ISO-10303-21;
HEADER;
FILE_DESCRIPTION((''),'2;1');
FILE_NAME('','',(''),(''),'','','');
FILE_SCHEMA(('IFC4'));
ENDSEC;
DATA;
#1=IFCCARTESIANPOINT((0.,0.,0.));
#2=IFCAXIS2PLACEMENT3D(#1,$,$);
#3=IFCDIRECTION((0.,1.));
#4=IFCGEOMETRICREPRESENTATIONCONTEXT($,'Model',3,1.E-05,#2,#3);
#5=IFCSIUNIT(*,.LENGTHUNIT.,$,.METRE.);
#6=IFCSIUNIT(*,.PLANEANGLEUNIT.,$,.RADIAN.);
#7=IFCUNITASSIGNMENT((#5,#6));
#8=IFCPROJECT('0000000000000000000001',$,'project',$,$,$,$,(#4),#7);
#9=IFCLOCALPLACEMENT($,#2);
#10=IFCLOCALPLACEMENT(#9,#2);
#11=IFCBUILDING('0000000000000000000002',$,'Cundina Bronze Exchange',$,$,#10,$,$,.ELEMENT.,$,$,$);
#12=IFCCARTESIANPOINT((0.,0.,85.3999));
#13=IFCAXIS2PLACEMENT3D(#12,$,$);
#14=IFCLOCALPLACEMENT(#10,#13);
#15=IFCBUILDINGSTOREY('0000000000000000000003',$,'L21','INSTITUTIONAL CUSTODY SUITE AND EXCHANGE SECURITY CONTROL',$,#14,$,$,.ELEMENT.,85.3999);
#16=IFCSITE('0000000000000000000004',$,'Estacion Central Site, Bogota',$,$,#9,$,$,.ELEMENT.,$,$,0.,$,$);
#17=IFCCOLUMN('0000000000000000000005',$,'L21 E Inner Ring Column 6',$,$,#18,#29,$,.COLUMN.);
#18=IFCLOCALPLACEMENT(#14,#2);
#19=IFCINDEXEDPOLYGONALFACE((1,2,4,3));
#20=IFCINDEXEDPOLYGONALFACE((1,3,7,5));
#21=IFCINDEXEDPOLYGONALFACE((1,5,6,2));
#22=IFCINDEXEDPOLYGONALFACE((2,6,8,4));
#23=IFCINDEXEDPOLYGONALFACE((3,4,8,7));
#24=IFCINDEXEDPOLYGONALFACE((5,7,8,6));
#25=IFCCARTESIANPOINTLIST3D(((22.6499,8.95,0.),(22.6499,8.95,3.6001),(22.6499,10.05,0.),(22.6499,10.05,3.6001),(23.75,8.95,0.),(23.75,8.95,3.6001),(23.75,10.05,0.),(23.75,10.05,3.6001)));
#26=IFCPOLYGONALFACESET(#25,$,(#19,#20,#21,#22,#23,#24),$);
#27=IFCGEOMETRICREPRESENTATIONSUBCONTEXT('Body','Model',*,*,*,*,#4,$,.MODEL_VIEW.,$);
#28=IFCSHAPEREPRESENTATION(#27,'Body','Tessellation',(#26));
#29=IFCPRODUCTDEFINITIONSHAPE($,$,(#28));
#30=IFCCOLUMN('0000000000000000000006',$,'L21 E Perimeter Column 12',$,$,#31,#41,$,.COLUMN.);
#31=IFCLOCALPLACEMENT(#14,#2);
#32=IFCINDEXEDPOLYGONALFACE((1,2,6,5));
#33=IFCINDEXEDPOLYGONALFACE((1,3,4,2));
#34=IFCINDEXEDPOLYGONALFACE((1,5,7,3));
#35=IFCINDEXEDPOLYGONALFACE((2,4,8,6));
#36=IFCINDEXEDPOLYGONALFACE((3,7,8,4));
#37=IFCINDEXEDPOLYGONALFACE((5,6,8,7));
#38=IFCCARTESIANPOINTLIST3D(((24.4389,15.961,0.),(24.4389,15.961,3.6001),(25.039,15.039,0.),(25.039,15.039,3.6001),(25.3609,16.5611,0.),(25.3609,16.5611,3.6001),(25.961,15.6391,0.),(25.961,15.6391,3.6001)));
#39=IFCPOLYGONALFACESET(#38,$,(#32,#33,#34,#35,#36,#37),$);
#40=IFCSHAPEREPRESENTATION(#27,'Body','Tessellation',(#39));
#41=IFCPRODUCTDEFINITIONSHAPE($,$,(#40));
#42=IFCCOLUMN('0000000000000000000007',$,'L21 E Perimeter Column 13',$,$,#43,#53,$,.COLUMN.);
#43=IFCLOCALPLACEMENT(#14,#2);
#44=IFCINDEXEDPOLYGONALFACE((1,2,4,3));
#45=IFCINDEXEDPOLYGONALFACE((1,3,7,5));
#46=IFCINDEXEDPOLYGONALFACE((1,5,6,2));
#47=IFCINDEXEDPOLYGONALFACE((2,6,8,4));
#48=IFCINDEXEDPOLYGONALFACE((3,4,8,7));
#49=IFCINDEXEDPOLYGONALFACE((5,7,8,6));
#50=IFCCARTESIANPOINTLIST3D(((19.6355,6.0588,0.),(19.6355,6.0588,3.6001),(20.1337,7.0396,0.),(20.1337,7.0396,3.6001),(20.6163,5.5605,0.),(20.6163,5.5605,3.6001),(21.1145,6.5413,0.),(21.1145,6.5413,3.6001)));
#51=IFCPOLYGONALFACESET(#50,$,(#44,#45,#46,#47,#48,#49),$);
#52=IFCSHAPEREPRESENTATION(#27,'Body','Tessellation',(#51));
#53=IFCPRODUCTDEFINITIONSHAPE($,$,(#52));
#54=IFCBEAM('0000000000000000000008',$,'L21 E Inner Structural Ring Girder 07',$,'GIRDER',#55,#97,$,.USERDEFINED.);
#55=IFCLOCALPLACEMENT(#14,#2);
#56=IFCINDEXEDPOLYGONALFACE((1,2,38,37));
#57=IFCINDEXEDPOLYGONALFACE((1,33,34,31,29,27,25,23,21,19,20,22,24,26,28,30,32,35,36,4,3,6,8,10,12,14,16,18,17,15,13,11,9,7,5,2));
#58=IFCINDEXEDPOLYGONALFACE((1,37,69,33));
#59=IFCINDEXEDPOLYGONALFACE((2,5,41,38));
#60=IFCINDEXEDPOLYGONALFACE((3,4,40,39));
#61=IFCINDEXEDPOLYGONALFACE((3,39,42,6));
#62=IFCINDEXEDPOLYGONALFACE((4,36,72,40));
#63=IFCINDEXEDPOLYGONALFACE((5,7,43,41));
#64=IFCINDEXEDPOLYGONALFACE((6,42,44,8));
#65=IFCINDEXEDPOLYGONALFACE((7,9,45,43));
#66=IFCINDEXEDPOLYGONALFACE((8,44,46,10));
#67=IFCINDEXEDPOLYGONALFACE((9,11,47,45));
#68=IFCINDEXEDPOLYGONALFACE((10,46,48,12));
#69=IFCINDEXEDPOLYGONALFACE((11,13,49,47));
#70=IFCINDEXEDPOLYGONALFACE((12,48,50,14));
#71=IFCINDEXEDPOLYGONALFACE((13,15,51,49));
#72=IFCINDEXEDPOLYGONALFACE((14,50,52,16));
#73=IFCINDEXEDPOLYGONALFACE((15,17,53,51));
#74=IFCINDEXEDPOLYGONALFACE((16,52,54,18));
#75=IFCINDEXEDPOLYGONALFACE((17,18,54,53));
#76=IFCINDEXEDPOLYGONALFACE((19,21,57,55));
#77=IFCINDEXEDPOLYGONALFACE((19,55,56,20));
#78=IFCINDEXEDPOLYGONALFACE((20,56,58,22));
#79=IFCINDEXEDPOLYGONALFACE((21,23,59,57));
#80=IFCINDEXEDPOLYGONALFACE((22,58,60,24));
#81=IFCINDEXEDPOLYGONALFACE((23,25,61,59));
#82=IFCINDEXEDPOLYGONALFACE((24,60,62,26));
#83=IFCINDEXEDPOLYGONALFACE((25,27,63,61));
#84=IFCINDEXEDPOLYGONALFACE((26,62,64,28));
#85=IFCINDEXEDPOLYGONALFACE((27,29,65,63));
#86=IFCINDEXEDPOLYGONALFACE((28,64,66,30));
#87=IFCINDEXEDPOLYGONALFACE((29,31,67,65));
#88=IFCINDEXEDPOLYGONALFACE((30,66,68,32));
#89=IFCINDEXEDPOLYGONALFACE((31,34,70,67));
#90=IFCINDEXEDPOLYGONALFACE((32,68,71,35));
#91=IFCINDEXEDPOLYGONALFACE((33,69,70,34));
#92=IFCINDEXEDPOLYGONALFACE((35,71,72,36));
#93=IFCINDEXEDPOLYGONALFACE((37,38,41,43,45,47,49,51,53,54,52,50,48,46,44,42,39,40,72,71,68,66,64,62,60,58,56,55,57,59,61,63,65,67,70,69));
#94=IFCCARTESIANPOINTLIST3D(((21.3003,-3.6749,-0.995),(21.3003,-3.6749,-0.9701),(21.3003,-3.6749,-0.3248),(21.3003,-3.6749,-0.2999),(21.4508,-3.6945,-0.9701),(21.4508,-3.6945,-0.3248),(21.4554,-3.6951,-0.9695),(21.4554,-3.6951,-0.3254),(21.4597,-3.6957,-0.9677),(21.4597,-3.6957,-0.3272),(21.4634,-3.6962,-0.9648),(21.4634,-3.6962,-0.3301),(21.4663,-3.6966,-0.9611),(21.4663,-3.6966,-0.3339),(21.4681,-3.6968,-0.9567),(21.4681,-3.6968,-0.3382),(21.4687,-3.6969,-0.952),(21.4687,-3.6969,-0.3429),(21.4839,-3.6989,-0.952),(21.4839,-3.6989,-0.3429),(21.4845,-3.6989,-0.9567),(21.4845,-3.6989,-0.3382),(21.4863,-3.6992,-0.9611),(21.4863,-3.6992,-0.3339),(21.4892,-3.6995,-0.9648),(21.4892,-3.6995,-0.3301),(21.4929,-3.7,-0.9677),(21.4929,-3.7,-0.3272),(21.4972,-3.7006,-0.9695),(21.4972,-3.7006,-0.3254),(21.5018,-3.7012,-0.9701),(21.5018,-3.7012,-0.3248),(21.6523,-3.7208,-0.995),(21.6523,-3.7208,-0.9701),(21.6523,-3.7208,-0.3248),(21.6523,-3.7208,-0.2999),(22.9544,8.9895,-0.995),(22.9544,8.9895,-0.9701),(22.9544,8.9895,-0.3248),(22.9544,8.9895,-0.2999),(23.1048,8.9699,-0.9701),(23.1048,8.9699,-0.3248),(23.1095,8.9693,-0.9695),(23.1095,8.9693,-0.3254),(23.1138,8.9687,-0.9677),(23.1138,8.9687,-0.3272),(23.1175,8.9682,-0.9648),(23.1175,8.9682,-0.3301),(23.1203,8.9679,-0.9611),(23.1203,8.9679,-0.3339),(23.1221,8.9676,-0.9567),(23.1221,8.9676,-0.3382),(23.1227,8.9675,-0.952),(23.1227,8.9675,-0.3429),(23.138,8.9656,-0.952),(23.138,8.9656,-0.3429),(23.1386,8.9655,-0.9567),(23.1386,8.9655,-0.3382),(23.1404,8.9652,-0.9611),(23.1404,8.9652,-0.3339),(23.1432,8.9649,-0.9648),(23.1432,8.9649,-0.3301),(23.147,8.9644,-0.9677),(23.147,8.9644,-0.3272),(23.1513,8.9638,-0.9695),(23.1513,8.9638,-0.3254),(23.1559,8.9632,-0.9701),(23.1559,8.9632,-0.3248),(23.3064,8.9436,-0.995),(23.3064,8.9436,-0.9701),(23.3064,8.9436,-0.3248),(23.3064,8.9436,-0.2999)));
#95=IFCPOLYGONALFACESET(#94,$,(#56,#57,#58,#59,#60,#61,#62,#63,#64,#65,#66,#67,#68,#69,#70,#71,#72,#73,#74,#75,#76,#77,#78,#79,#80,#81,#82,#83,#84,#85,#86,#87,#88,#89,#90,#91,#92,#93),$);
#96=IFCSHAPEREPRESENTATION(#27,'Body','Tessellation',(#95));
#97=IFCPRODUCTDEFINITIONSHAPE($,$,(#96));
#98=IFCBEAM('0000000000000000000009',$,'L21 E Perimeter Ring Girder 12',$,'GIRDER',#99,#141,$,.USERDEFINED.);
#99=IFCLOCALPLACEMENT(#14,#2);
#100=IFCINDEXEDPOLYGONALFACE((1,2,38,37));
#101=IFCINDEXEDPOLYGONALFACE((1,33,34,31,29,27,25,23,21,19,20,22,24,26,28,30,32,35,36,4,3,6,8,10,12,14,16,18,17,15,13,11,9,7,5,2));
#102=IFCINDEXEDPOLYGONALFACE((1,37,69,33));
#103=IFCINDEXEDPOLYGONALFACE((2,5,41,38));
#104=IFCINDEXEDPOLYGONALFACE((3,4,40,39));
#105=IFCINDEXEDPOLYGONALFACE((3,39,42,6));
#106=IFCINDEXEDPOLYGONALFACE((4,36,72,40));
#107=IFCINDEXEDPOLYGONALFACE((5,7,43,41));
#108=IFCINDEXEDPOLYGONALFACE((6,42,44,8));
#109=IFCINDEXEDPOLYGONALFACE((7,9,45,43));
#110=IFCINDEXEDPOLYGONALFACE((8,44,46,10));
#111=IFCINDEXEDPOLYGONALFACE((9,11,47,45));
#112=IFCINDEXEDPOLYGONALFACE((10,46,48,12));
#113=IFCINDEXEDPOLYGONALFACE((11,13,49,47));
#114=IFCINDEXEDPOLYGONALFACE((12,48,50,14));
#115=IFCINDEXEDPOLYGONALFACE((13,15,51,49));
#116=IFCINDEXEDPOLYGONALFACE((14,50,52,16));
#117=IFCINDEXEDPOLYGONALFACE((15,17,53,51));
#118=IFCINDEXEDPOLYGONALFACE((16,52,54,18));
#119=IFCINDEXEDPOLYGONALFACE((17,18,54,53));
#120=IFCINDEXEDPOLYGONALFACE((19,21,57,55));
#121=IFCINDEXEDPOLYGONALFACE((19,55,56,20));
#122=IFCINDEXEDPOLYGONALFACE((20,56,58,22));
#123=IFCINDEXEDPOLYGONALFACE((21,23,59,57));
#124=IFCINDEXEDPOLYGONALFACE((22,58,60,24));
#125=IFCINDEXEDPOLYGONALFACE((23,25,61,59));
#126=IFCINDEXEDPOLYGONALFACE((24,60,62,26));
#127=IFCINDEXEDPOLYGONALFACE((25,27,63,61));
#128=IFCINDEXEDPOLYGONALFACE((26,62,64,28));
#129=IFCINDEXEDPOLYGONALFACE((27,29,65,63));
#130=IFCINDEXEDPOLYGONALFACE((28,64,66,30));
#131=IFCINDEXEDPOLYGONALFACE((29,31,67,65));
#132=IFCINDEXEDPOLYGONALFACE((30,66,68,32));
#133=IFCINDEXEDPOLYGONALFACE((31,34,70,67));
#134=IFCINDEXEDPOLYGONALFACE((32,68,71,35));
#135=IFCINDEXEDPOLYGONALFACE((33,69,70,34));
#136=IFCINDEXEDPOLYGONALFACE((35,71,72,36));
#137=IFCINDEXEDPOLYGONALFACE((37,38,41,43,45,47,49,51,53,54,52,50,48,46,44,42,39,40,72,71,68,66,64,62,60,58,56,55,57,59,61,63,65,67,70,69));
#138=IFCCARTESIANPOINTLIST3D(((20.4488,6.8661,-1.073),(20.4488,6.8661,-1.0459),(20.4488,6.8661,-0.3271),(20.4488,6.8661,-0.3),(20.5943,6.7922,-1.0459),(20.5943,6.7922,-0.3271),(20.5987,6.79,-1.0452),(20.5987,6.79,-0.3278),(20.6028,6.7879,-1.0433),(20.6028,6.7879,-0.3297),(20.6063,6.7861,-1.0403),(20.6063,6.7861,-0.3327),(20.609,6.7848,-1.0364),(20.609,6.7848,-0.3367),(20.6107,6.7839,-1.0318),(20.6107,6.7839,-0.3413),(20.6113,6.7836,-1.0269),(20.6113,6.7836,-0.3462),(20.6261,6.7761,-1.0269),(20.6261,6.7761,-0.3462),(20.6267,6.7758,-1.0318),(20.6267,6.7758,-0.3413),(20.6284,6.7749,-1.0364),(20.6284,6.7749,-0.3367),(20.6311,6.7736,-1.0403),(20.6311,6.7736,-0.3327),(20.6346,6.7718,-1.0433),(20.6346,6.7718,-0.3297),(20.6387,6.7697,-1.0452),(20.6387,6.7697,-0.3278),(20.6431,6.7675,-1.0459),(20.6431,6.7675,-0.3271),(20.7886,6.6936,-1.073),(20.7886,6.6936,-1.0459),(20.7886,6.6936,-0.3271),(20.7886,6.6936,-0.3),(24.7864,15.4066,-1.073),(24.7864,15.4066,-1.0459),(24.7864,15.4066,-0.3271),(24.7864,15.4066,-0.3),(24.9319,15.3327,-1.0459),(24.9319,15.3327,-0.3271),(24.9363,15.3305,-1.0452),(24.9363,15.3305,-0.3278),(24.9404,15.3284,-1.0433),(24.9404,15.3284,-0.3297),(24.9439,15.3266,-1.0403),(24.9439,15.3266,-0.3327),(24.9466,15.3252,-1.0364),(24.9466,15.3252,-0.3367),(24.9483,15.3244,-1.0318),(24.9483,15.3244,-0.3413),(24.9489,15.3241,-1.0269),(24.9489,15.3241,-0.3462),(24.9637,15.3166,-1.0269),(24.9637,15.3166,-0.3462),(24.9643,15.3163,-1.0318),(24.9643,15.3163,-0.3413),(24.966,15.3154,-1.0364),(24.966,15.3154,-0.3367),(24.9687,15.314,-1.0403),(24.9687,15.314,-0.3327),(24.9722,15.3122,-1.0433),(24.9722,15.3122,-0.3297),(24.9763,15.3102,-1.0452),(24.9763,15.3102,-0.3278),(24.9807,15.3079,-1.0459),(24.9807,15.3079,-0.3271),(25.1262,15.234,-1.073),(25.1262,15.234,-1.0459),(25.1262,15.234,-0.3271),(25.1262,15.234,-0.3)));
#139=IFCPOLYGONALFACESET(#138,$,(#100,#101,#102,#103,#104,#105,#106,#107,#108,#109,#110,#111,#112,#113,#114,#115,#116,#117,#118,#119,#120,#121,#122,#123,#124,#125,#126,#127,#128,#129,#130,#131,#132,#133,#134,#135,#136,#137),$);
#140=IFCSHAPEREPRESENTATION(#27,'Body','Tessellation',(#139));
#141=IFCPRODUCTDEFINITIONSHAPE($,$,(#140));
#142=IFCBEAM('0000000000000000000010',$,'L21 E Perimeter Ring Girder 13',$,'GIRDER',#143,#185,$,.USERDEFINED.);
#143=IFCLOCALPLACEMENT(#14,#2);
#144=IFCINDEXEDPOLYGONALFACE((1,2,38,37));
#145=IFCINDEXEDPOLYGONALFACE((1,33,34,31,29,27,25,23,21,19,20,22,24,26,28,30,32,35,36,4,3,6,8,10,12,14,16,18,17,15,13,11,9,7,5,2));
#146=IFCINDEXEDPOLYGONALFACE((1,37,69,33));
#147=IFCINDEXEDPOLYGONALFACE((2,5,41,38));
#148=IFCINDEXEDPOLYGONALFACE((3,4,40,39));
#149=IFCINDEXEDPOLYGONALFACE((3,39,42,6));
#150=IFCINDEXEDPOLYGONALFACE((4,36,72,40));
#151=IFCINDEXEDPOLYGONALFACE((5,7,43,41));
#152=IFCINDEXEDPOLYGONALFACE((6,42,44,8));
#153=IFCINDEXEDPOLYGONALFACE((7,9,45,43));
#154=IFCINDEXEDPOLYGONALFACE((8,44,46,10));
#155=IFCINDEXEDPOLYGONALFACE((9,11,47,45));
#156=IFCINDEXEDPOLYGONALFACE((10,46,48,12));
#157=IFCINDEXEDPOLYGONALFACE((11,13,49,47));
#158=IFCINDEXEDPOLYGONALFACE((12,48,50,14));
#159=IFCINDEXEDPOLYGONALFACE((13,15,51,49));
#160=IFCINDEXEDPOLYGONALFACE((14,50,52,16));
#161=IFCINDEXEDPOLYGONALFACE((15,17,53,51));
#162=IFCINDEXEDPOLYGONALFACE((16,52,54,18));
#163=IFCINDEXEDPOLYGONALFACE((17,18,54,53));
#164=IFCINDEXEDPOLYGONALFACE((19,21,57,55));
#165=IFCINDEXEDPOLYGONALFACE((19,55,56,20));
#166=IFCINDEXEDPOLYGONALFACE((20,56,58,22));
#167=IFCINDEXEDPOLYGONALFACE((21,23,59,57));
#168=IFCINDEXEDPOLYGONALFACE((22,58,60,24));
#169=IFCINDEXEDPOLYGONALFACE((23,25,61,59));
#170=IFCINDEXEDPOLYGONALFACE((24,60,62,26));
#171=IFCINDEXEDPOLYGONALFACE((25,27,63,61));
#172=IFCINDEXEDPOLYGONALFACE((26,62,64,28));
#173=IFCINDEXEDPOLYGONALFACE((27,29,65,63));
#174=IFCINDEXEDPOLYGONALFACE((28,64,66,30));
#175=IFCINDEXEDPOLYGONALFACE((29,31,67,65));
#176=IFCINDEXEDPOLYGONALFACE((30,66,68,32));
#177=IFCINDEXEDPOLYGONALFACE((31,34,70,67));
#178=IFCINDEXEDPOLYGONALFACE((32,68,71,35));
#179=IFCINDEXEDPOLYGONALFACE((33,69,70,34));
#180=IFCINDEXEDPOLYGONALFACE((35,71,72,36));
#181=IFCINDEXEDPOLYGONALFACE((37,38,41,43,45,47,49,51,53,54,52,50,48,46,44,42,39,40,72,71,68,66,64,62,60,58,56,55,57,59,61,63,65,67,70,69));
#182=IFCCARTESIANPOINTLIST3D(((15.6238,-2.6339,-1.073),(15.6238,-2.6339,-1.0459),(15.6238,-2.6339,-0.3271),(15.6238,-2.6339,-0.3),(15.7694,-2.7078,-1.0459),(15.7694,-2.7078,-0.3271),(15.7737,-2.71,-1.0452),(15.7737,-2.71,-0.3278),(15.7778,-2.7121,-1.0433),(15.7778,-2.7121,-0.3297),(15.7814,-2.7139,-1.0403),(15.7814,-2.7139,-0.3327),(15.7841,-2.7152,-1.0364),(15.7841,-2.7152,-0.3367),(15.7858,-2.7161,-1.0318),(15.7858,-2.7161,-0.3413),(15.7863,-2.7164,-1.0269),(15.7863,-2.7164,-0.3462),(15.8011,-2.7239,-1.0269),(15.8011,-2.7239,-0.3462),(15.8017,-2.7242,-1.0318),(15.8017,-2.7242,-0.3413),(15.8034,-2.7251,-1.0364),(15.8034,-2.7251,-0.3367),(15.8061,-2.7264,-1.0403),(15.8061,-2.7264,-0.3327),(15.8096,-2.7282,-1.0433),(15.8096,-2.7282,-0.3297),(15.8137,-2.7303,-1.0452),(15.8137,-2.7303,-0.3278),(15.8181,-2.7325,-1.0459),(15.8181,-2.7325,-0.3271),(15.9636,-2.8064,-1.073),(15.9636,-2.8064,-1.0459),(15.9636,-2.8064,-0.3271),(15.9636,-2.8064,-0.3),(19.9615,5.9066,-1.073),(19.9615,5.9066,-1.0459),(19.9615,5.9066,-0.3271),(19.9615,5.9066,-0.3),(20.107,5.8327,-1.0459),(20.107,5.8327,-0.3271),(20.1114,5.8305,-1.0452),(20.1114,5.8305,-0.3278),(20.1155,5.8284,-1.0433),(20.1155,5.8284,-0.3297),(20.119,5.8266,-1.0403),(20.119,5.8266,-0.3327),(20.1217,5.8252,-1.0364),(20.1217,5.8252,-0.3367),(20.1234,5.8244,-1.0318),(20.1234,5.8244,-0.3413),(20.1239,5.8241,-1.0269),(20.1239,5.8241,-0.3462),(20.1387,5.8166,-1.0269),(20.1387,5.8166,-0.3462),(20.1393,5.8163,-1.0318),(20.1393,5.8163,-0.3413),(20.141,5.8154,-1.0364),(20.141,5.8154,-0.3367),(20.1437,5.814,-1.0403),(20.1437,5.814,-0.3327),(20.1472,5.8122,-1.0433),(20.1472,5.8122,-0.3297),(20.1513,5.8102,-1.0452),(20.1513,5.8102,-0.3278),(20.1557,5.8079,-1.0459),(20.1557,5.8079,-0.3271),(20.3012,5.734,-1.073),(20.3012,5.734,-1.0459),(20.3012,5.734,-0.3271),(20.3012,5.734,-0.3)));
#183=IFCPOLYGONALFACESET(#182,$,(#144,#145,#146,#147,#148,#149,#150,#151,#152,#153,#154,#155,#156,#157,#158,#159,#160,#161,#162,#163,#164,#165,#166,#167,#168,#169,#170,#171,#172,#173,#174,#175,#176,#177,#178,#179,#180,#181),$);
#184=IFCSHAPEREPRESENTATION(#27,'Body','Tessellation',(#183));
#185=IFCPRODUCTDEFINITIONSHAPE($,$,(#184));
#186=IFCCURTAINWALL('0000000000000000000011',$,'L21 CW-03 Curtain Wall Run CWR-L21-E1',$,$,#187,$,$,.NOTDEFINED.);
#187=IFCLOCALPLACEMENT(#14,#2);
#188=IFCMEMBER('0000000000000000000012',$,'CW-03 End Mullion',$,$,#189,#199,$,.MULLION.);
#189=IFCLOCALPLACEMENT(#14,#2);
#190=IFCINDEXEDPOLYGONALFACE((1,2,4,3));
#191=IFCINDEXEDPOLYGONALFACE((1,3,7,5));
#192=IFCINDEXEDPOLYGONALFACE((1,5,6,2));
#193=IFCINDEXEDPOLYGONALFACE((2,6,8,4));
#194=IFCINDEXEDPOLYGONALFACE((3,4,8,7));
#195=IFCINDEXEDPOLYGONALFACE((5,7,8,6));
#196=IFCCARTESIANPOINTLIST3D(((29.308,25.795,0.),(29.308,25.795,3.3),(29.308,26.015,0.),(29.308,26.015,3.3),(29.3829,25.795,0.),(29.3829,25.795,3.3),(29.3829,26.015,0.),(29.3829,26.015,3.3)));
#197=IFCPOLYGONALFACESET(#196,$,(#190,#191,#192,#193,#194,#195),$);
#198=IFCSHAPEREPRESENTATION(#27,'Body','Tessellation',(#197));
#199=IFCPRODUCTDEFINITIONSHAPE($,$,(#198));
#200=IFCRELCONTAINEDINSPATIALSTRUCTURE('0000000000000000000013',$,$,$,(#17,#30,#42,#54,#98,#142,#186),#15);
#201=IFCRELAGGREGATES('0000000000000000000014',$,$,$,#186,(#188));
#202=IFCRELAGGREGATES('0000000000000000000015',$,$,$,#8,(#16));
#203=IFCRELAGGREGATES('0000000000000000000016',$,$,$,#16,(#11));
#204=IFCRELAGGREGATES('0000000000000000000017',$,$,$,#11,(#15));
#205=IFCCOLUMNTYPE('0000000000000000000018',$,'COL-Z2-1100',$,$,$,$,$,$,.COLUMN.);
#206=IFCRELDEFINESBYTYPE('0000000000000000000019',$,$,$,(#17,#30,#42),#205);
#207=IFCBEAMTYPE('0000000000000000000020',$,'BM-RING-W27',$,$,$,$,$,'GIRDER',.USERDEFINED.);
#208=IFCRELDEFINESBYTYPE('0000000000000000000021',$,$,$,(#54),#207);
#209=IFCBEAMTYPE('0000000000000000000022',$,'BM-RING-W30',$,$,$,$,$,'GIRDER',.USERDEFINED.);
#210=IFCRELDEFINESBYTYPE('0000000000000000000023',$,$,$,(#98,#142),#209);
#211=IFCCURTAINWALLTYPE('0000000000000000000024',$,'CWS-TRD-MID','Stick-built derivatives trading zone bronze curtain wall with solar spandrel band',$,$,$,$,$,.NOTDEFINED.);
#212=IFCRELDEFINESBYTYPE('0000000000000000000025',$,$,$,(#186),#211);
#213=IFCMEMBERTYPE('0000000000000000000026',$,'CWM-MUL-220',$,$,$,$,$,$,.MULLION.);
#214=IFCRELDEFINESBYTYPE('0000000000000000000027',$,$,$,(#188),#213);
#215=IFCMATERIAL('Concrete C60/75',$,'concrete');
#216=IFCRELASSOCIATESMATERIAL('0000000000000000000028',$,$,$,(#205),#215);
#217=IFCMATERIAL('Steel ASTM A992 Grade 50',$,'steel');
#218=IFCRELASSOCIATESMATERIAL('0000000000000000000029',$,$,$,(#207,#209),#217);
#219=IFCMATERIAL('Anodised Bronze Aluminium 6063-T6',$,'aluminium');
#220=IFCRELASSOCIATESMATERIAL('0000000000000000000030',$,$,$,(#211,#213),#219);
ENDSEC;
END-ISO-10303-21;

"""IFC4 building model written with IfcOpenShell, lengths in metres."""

from ifc_helpers import new_model, si_unit, direction, frame, origin, origin_2d, place, context, subcontext, project, spatial, rectangle, i_section, extrude, material, material_profile, profile_set, type_object, element, aggregate, save


model = new_model("IFC4")

# Units and contexts
model_context = context("Model", 3, precision=1e-05, world=origin(), true_north=direction((0.0, 1.0)))
body_context = subcontext(model_context, "Body", "Model", "MODEL_VIEW")
ifc_project = project(units=[si_unit("LENGTHUNIT", "METRE"), si_unit("PLANEANGLEUNIT", "RADIAN")], contexts=[model_context])

# Site, building, storey
site_placement = place(None, origin())
site = spatial("IfcSite", under=ifc_project, at=site_placement, Name="Estacion Central Site, Bogota", CompositionType="ELEMENT", RefElevation=0.0)
building_placement = place(site_placement, origin())
building = spatial("IfcBuilding", under=site, at=building_placement, Name="Cundina Bronze Exchange", CompositionType="ELEMENT")
storey_placement = place(building_placement, frame((0.0, 0.0, 85.3999)))
storey = spatial("IfcBuildingStorey", under=building, at=storey_placement, Name="L21", Description="INSTITUTIONAL CUSTODY SUITE AND EXCHANGE SECURITY CONTROL", CompositionType="ELEMENT", Elevation=85.3999)

# Columns
ifc_material_1 = material(Name="Concrete C60/75", Category="concrete")
ifc_material_profile_1 = material_profile(ifc_material_1, rectangle(XDim=1.1001, YDim=1.1001, at=origin_2d()), Name="RC1100X1100", Category="concrete")
ifc_profile_set_1 = profile_set([ifc_material_profile_1], Name="Concrete C60/75")
column_type = type_object("IfcColumnType", Name="COL-Z2-1100", PredefinedType="COLUMN", material=ifc_profile_set_1)
for number, where, z_axis, x_axis, name in (
    (1, (23.2, 9.5, 0.0), (0.0, 0.0, 1.0), (1.0, 0.0, 0.0), "L21 E Inner Ring Column 6"),
    (2, (25.2, 15.8, 0.0), (0.0, 0.0, 1.0), (-0.8381, -0.545517, 0.0), "L21 E Perimeter Column 12"),
    (3, (20.375, 6.3, 0.0), (0.0, 0.0, 1.0), (-0.452902, -0.891561, 0.0), "L21 E Perimeter Column 13"),
):
    element("IfcColumn", number, at=place(storey_placement, frame(where, z_axis=z_axis, x_axis=x_axis)), inside=storey, type_object=column_type, Name=name, PredefinedType="COLUMN", context=body_context, shape_type="SweptSolid", body=[
        extrude(rectangle(XDim=1.1001, YDim=1.1001, at=origin_2d()), origin(), (0.0, 0.0, 1.0), 3.6001),
    ])

# Beams
ifc_material_2 = material(Name="Steel ASTM A992 Grade 50", Category="steel")
ifc_material_profile_2 = material_profile(ifc_material_2, i_section(OverallWidth=0.355, OverallDepth=0.6951, WebThickness=0.0154, FlangeThickness=0.0249, FilletRadius=0.0181, at=origin_2d()), Name="W27X146", Category="steel")
ifc_profile_set_2 = profile_set([ifc_material_profile_2], Name="Steel ASTM A992 Grade 50")
beam_type_1 = type_object("IfcBeamType", Name="BM-RING-W27", ElementType="GIRDER", PredefinedType="USERDEFINED", material=ifc_profile_set_2)
beam_placement = place(storey_placement, frame((23.1304, 8.9666, -0.6475), z_axis=(-0.129508, -0.991578, 0.0), x_axis=(0.991578, -0.129508, 0.0)))
element("IfcBeam", 4, at=beam_placement, inside=storey, type_object=beam_type_1, Name="L21 E Inner Structural Ring Girder 07", ObjectType="GIRDER", PredefinedType="USERDEFINED", context=body_context, shape_type="SweptSolid", body=[
    extrude(i_section(OverallWidth=0.355, OverallDepth=0.6951, WebThickness=0.0154, FlangeThickness=0.0249, FilletRadius=0.0181, at=origin_2d()), origin(), (0.0, 0.0, 1.0), 12.772),
])
ifc_material_profile_3 = material_profile(ifc_material_2, i_section(OverallWidth=0.3811, OverallDepth=0.7729, WebThickness=0.0166, FlangeThickness=0.0271, FilletRadius=0.019, at=origin_2d()), Name="W30X173", Category="steel")
ifc_profile_set_3 = profile_set([ifc_material_profile_3], Name="Steel ASTM A992 Grade 50")
beam_type_2 = type_object("IfcBeamType", Name="BM-RING-W30", ElementType="GIRDER", PredefinedType="USERDEFINED", material=ifc_profile_set_3)
for number, where, z_axis, x_axis, name in (
    (5, (24.9563, 15.3203, -0.6865), (-0.452832, -0.891596, 0.0), (0.891596, -0.452832, 0.0), "L21 E Perimeter Ring Girder 12"),
    (6, (20.1313, 5.8203, -0.6865), (-0.452832, -0.891596, 0.0), (0.891596, -0.452832, 0.0), "L21 E Perimeter Ring Girder 13"),
):
    element("IfcBeam", number, at=place(storey_placement, frame(where, z_axis=z_axis, x_axis=x_axis)), inside=storey, type_object=beam_type_2, Name=name, ObjectType="GIRDER", PredefinedType="USERDEFINED", context=body_context, shape_type="SweptSolid", body=[
        extrude(i_section(OverallWidth=0.3811, OverallDepth=0.7729, WebThickness=0.0166, FlangeThickness=0.0271, FilletRadius=0.019, at=origin_2d()), origin(), (0.0, 0.0, 1.0), 9.5789),
    ])

# Curtain wall, member
ifc_material_3 = material(Name="Anodised Bronze Aluminium 6063-T6", Category="aluminium")
curtain_wall_type = type_object("IfcCurtainWallType", Name="CWS-TRD-MID", Description="Stick-built derivatives trading zone bronze curtain wall with solar spandrel band", PredefinedType="NOTDEFINED", material=ifc_material_3)
curtain_wall_1_placement = place(storey_placement, origin())
curtain_wall_1 = element("IfcCurtainWall", 7, at=curtain_wall_1_placement, inside=storey, type_object=curtain_wall_type, Name="L21 CW-03 Curtain Wall Run CWR-L21-E1", PredefinedType="NOTDEFINED")
ifc_material_profile_4 = material_profile(ifc_material_3, rectangle(XDim=0.075, YDim=0.22, at=origin_2d()), Name="AL75X220", Category="aluminium")
ifc_profile_set_4 = profile_set([ifc_material_profile_4], Name="Anodised Bronze Aluminium 6063-T6")
member_type_1 = type_object("IfcMemberType", Name="CWM-MUL-220", PredefinedType="MULLION", material=ifc_profile_set_4)
member_1_placement = place(storey_placement, frame((29.3455, 25.905, 0.0), z_axis=(0.0, 0.0, 1.0), x_axis=(-1.0, 0.0, 0.0)))
member_1 = element("IfcMember", 8, at=member_1_placement, type_object=member_type_1, Name="CW-03 End Mullion", PredefinedType="MULLION", context=body_context, shape_type="SweptSolid", body=[
    extrude(rectangle(XDim=0.075, YDim=0.22, at=origin_2d()), origin(), (0.0, 0.0, 1.0), 3.3),
])
aggregate(curtain_wall_1, [member_1])

save(model, "model.ifc")
